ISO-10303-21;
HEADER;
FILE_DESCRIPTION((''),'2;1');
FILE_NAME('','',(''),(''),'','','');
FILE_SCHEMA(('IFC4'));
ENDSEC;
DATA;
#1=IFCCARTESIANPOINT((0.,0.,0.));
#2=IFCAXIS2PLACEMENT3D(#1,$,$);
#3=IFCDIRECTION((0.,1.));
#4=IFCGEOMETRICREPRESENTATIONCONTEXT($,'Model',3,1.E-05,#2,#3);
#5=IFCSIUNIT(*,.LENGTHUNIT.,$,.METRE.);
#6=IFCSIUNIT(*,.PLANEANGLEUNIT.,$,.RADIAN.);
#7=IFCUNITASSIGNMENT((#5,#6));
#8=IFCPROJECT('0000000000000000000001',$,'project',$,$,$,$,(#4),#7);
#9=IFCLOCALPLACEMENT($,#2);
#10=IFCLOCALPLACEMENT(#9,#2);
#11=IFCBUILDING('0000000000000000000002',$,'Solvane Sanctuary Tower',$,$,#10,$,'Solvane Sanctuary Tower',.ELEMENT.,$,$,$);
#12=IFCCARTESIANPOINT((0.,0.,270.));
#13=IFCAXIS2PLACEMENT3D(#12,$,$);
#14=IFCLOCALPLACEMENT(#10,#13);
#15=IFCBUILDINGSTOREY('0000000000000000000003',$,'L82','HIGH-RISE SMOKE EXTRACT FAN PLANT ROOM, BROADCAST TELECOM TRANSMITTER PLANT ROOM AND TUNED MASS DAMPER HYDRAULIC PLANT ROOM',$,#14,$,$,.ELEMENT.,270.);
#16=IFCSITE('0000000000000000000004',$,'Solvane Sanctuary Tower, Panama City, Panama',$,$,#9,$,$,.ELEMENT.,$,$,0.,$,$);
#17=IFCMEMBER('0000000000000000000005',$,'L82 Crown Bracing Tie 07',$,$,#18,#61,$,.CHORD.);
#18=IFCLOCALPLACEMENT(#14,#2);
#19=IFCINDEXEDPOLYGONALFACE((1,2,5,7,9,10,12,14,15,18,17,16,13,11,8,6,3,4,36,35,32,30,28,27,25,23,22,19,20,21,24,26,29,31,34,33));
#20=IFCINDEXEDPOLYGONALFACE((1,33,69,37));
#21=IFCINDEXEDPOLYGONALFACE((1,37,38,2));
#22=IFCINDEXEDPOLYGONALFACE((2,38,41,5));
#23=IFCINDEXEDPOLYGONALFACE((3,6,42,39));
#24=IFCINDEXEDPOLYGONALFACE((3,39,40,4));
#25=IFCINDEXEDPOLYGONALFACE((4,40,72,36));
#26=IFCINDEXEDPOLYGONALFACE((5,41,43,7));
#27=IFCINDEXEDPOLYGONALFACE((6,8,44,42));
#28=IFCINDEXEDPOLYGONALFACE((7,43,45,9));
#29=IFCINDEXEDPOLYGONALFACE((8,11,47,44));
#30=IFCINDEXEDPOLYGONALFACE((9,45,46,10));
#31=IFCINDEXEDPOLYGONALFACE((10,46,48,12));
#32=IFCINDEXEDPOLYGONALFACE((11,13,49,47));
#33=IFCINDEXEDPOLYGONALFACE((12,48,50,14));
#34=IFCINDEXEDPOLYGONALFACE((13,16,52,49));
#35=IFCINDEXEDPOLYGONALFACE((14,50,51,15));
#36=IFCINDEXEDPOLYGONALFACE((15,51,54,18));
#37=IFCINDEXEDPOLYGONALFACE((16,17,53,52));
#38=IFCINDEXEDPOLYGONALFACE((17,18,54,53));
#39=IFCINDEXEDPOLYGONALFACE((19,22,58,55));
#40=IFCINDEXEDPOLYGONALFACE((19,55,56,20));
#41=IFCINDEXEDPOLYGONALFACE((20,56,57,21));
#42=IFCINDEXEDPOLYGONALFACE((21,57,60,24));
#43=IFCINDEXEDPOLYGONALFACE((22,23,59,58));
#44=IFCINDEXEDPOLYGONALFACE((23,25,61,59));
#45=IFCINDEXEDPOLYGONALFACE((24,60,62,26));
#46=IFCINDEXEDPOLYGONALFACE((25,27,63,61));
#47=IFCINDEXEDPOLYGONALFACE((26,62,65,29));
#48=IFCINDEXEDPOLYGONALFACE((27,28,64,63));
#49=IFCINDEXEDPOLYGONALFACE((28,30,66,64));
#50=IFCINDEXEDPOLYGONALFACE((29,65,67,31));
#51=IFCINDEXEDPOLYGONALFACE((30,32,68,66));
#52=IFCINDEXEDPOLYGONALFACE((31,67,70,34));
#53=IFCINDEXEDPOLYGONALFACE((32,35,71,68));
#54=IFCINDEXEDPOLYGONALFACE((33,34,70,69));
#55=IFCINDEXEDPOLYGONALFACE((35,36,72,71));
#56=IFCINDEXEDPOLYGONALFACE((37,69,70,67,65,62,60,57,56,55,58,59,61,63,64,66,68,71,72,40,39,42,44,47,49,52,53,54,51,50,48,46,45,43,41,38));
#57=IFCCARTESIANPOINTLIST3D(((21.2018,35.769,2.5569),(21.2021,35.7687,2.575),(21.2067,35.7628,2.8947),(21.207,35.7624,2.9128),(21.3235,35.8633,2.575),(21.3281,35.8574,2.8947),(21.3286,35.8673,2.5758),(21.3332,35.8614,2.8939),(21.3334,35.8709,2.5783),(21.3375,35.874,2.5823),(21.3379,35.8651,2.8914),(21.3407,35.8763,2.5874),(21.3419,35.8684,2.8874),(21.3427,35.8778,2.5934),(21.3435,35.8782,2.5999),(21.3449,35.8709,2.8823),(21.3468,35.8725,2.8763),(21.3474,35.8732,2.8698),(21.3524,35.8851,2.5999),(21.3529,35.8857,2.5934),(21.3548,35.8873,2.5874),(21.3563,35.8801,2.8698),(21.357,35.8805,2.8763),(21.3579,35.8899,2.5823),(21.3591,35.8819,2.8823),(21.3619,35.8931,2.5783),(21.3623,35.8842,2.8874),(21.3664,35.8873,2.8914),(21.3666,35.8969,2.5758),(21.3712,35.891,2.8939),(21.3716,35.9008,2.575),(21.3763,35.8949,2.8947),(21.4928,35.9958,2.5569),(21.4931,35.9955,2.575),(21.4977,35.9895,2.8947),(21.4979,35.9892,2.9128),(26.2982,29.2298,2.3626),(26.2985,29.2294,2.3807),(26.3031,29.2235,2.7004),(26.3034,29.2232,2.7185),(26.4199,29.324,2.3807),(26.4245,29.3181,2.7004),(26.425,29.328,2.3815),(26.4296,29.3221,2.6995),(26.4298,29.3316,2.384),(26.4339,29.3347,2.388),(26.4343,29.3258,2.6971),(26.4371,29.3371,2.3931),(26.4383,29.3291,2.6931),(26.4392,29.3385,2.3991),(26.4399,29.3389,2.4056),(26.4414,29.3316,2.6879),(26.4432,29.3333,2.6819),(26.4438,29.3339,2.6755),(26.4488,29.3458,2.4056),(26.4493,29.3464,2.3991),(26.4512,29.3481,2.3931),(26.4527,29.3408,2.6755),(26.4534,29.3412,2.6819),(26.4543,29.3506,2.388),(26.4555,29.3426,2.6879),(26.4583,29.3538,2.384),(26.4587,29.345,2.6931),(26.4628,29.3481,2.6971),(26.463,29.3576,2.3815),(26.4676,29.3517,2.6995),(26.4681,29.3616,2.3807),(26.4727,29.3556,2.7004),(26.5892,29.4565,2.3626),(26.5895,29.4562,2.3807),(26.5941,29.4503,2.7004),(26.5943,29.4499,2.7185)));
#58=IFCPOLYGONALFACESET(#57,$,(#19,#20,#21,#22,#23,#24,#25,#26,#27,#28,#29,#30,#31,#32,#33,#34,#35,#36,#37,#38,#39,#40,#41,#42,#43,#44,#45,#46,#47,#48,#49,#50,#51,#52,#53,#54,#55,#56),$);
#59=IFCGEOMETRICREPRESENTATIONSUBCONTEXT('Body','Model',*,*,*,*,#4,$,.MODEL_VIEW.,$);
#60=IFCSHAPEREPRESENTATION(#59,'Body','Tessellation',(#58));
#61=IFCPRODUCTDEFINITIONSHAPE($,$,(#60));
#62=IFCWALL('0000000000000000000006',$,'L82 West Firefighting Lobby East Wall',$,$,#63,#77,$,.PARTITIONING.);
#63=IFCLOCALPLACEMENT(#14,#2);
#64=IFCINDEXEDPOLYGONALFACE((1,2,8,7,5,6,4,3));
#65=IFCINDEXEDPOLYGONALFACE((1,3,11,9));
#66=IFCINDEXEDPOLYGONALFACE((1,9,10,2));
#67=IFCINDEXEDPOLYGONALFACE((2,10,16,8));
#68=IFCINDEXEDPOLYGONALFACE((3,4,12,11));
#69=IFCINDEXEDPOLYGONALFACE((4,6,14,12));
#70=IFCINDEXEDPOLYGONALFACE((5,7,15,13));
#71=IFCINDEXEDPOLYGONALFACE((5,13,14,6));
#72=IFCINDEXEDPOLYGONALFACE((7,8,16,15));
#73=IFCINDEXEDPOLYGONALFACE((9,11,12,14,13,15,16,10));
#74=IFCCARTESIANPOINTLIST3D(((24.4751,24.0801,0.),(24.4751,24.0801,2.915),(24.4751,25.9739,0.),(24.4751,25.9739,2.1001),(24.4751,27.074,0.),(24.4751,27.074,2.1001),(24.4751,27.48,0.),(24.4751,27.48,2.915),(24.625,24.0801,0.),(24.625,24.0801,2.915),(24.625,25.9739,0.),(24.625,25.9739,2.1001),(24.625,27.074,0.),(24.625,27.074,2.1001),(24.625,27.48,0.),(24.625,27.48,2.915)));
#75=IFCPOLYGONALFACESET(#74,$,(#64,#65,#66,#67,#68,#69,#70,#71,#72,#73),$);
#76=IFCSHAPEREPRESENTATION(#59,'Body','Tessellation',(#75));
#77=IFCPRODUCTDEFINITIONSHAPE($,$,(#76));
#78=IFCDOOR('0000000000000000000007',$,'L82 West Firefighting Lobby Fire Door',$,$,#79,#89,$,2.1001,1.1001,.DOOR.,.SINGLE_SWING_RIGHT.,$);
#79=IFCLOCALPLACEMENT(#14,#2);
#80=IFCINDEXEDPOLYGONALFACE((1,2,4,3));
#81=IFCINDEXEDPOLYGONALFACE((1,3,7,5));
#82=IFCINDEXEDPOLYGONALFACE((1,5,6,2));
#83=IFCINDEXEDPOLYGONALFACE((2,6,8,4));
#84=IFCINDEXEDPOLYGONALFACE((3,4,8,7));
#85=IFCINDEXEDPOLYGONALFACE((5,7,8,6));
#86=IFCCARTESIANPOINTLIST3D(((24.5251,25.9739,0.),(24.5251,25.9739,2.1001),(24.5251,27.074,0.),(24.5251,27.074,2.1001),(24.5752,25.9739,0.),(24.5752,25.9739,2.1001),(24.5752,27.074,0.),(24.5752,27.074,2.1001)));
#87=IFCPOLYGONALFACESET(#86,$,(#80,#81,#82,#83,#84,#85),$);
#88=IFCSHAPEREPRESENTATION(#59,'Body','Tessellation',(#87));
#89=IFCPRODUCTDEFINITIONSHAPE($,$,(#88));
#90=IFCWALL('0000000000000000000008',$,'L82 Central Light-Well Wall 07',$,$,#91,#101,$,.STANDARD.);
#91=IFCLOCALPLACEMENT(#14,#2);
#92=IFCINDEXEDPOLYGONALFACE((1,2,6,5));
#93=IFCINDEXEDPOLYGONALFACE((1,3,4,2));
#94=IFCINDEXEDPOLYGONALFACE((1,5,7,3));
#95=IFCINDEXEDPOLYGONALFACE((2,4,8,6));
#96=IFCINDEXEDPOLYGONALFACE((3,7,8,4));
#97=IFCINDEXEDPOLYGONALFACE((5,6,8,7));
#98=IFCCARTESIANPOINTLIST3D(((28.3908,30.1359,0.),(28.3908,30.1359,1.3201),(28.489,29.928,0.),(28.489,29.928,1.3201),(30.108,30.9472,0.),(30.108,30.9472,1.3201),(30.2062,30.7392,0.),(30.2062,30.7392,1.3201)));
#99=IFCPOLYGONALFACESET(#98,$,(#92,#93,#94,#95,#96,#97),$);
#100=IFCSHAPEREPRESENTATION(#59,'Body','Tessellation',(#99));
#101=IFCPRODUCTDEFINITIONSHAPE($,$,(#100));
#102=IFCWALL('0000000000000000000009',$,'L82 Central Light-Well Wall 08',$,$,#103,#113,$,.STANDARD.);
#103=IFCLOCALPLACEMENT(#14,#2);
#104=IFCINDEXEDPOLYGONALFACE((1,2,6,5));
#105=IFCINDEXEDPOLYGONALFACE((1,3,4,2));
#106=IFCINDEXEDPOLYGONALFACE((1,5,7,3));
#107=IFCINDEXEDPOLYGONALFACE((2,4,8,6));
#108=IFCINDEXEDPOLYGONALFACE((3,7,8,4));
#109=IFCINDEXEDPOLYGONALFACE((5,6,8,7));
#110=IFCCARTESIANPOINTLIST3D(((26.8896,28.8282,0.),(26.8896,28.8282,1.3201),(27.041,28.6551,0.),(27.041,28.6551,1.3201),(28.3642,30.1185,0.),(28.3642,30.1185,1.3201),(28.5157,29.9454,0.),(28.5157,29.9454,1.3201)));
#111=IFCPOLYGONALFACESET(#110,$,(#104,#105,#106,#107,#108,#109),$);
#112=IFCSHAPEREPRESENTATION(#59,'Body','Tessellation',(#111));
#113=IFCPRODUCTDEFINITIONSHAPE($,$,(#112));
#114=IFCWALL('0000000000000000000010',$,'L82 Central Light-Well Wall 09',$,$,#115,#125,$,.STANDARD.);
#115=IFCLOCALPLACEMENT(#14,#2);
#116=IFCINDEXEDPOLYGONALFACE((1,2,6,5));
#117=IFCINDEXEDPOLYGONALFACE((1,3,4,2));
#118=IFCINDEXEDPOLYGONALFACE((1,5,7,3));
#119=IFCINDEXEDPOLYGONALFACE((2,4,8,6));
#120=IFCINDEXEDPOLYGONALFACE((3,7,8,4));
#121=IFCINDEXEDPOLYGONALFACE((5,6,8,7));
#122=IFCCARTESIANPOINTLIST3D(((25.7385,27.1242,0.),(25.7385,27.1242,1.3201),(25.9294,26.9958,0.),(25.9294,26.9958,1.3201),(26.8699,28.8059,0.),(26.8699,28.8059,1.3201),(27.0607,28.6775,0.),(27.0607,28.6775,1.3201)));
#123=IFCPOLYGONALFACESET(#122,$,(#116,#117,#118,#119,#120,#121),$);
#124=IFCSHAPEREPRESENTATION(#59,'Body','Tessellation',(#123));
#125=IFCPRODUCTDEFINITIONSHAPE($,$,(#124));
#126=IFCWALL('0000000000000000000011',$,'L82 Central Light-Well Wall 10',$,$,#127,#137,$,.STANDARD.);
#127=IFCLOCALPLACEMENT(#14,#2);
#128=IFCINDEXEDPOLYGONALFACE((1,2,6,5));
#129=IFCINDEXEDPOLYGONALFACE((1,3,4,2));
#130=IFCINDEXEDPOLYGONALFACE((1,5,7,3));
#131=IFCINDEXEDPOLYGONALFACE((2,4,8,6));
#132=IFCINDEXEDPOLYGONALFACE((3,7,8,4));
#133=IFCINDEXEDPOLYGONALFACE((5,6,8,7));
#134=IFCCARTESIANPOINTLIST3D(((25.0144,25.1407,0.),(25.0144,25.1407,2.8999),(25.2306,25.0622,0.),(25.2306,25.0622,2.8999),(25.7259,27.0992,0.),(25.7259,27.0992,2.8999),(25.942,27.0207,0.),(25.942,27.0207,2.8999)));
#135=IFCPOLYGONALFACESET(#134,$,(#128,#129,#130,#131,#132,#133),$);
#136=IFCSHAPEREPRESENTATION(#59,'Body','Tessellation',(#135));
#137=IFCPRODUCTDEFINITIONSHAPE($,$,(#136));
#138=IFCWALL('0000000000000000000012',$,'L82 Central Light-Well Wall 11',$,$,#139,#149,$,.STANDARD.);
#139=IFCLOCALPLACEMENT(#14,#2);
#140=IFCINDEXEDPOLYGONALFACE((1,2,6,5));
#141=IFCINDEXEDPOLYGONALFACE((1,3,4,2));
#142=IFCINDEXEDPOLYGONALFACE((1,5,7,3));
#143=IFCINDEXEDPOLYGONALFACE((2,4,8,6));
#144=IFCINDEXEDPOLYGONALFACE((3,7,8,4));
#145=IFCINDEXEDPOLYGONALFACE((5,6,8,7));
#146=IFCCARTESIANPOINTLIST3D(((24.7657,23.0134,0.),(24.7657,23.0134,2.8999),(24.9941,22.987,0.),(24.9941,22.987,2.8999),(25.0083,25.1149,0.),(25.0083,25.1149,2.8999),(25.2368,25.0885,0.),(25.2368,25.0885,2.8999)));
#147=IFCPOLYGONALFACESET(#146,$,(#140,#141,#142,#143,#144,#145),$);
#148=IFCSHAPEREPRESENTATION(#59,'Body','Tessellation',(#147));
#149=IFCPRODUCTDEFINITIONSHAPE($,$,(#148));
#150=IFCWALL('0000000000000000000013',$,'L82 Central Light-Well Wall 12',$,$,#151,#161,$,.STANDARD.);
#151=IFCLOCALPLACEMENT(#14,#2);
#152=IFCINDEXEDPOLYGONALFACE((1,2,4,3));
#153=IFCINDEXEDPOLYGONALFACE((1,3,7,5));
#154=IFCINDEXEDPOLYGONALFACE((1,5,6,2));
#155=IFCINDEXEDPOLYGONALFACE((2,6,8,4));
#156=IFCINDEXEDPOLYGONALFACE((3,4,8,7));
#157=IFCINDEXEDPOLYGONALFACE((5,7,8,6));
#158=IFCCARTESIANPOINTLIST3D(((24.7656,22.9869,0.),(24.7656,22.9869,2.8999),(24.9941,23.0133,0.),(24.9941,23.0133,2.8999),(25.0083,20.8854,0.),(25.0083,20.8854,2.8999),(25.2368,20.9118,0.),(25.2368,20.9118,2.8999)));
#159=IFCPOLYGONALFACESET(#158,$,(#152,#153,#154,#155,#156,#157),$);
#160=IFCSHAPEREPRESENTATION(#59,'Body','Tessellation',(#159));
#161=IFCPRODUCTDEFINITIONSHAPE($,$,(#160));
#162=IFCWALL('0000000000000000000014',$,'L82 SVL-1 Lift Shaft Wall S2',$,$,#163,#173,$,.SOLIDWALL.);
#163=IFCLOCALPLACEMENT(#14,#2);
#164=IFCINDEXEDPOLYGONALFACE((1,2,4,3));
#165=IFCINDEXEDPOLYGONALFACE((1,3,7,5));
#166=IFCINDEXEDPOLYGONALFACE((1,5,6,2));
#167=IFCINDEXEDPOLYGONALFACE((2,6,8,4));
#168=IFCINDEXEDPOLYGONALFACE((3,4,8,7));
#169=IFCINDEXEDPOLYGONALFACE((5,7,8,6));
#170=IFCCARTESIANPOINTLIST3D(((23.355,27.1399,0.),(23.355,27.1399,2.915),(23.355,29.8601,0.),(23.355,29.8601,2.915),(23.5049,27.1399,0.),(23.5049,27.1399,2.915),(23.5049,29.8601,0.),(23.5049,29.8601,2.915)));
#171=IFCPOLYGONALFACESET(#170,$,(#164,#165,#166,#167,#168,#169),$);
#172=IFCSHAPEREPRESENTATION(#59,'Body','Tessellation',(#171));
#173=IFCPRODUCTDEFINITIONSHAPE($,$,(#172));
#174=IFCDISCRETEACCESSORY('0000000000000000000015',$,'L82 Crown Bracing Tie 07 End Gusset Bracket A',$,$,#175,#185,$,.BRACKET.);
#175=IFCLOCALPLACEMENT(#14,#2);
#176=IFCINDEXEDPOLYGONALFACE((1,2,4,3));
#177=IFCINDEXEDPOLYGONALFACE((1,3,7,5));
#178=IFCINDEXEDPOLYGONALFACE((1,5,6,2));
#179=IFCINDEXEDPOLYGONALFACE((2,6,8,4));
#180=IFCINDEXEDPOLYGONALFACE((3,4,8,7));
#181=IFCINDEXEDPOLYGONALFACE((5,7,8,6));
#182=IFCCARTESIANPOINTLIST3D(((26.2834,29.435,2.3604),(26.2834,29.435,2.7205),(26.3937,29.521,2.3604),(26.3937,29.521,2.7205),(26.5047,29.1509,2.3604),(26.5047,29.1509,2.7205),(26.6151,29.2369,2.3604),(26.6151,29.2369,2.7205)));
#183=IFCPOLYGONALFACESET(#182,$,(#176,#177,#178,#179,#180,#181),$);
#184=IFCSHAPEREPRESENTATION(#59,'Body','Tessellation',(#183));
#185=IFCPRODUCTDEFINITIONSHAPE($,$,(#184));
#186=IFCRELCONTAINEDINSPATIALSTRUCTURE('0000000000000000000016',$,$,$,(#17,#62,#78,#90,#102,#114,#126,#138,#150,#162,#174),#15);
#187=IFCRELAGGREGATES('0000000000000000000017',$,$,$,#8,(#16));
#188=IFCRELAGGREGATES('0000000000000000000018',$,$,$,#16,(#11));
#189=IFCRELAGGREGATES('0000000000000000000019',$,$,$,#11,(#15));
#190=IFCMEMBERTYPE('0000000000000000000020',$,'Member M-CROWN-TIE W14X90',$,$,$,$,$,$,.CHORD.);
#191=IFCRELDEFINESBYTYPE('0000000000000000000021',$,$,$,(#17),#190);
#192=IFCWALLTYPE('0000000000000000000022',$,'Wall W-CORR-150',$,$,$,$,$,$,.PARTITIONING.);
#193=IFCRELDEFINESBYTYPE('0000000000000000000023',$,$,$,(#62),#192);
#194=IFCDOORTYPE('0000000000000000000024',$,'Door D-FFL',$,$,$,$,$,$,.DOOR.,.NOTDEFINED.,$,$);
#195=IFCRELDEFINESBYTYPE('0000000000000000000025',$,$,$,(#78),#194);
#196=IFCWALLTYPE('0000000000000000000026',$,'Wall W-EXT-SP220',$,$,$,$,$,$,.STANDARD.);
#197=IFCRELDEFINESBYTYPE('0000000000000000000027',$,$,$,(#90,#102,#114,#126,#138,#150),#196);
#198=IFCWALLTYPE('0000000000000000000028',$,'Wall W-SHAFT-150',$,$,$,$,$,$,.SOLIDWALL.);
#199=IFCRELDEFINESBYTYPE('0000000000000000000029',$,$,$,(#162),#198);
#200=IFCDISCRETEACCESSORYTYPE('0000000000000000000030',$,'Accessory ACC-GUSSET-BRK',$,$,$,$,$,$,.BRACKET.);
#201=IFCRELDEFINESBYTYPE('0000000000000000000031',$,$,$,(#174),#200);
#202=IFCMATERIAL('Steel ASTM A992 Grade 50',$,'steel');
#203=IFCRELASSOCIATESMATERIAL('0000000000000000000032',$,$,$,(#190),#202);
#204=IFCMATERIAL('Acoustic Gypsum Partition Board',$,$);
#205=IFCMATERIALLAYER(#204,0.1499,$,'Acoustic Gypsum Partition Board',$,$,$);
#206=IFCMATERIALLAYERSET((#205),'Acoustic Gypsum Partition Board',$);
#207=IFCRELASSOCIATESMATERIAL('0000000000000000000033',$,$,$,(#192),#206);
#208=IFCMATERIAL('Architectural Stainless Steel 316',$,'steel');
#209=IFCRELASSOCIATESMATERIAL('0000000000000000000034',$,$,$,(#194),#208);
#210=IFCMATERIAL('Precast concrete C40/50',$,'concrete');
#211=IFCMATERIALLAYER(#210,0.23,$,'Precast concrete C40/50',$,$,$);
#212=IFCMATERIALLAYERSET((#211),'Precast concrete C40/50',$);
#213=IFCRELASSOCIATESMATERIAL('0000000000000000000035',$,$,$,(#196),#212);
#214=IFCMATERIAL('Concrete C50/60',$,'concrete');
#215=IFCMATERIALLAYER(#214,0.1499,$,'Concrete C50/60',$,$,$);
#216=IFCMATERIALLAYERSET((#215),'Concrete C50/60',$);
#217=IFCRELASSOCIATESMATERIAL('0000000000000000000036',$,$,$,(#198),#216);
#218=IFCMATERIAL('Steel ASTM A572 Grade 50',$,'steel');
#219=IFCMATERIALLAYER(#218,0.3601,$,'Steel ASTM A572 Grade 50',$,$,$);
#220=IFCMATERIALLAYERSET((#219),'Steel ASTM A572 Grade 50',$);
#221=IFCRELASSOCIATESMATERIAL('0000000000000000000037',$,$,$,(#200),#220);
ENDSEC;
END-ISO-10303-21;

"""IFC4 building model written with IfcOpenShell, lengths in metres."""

from ifc_helpers import new_model, si_unit, direction, frame, frame_2d, origin, origin_2d, place, context, subcontext, project, spatial, rectangle, i_section, extrude, material, layer, layer_set, material_profile, profile_set, type_object, element, fill, save


model = new_model("IFC4")

# Units and contexts
model_context = context("Model", 3, precision=1e-05, world=origin(), true_north=direction((0.0, 1.0)))
body_context = subcontext(model_context, "Body", "Model", "MODEL_VIEW")
ifc_project = project(units=[si_unit("LENGTHUNIT", "METRE"), si_unit("PLANEANGLEUNIT", "RADIAN")], contexts=[model_context])

# Site, building, storey
site_placement = place(None, origin())
site = spatial("IfcSite", under=ifc_project, at=site_placement, Name="Solvane Sanctuary Tower, Panama City, Panama", CompositionType="ELEMENT", RefElevation=0.0)
building_placement = place(site_placement, origin())
building = spatial("IfcBuilding", under=site, at=building_placement, Name="Solvane Sanctuary Tower", LongName="Solvane Sanctuary Tower", CompositionType="ELEMENT")
storey_placement = place(building_placement, frame((0.0, 0.0, 270.0)))
storey = spatial("IfcBuildingStorey", under=building, at=storey_placement, Name="L82", Description="HIGH-RISE SMOKE EXTRACT FAN PLANT ROOM, BROADCAST TELECOM TRANSMITTER PLANT ROOM AND TUNED MASS DAMPER HYDRAULIC PLANT ROOM", CompositionType="ELEMENT", Elevation=270.0)

# Shared definitions
ifc_material_1 = material(Name="Concrete C50/60", Category="concrete")

# Shared definitions
ifc_material_2 = material(Name="Steel ASTM A992 Grade 50", Category="steel")

# Member
ifc_material_profile_1 = material_profile(ifc_material_2, i_section(OverallWidth=0.3689, OverallDepth=0.356, WebThickness=0.0112, FlangeThickness=0.0181, FilletRadius=0.0249, at=origin_2d()), Name="W14X90")
ifc_profile_set_1 = profile_set([ifc_material_profile_1], Name="Steel ASTM A992 Grade 50")
member_type = type_object("IfcMemberType", Name="Member M-CROWN-TIE W14X90", PredefinedType="CHORD", material=ifc_profile_set_1)
member_placement = place(storey_placement, frame((26.4463, 29.3398, 2.5405), z_axis=(-0.614546, 0.788533, 0.023434), x_axis=(-0.788749, -0.614715, 0.0)))
element("IfcMember", 1, at=member_placement, inside=storey, type_object=member_type, Name="L82 Crown Bracing Tie 07", PredefinedType="CHORD", context=body_context, shape_type="SweptSolid", body=[
    extrude(i_section(OverallWidth=0.3689, OverallDepth=0.356, WebThickness=0.0112, FlangeThickness=0.0181, FilletRadius=0.0249, at=origin_2d()), origin(), (0.0, 0.0, 1.0), 8.293),
])

# Wall, opening, door
ifc_material_3 = material(Name="Acoustic Gypsum Partition Board")
ifc_layer_1 = layer(ifc_material_3, 0.1499, Name="Acoustic Gypsum Partition Board")
ifc_layer_set_1 = layer_set([ifc_layer_1], Name="Acoustic Gypsum Partition Board")
wall_type_1 = type_object("IfcWallType", Name="Wall W-CORR-150", PredefinedType="PARTITIONING", material=ifc_layer_set_1)
wall_1_placement = place(storey_placement, frame((24.55, 24.0801, 0.0), z_axis=(0.0, 0.0, 1.0), x_axis=(0.0, 1.0, 0.0)))
wall_1 = element("IfcWall", 2, at=wall_1_placement, inside=storey, type_object=wall_type_1, Name="L82 West Firefighting Lobby East Wall", PredefinedType="PARTITIONING", context=body_context, shape_type="SweptSolid", body=[
    extrude(rectangle(XDim=3.3999, YDim=0.1499, at=frame_2d((1.7, 0.0))), origin(), (0.0, 0.0, 1.0), 2.915),
])
opening_placement = place(wall_1_placement, frame((1.8938, 0.0, 0.0)))
opening = element("IfcOpeningElement", 3, at=opening_placement, cuts=wall_1, PredefinedType="OPENING", context=body_context, shape_type="SweptSolid", body=[
    extrude(rectangle(XDim=1.1001, YDim=2.1001, at=frame_2d((0.55, 1.05))), frame((0.0, 0.085, 0.0), z_axis=(0.0, -1.0, 0.0), x_axis=(1.0, 0.0, 0.0)), (0.0, 0.0, 1.0), 0.1699),
])
ifc_material_4 = material(Name="Architectural Stainless Steel 316", Category="steel")
door_type = type_object("IfcDoorType", Name="Door D-FFL", OperationType="NOTDEFINED", PredefinedType="DOOR", material=ifc_material_4)
door_placement = place(opening_placement, origin())
door = element("IfcDoor", 4, at=door_placement, inside=storey, type_object=door_type, Name="L82 West Firefighting Lobby Fire Door", OperationType="SINGLE_SWING_RIGHT", OverallHeight=2.1001, OverallWidth=1.1001, PredefinedType="DOOR", context=body_context, shape_type="SweptSolid", body=[
    extrude(rectangle(XDim=1.1001, YDim=2.1001, at=frame_2d((0.55, 1.05))), frame((0.0, 0.0249, 0.0), z_axis=(0.0, -1.0, 0.0), x_axis=(1.0, 0.0, 0.0)), (0.0, 0.0, 1.0), 0.05),
])
fill(opening, door)

# Walls
ifc_material_5 = material(Name="Precast concrete C40/50", Category="concrete")
ifc_layer_2 = layer(ifc_material_5, 0.23, Name="Precast concrete C40/50")
ifc_layer_set_2 = layer_set([ifc_layer_2], Name="Precast concrete C40/50")
wall_type_2 = type_object("IfcWallType", Name="Wall W-EXT-SP220", PredefinedType="STANDARD", material=ifc_layer_set_2)
wall_2_placement = place(storey_placement, frame((30.1572, 30.8433, 0.0), z_axis=(0.0, 0.0, 1.0), x_axis=(-0.90418, -0.427152, 0.0)))
element("IfcWall", 5, at=wall_2_placement, inside=storey, type_object=wall_type_2, Name="L82 Central Light-Well Wall 07", PredefinedType="STANDARD", context=body_context, shape_type="SweptSolid", body=[
    extrude(rectangle(XDim=1.8992, YDim=0.23, at=frame_2d((0.9497, 0.0))), origin(), (0.0, 0.0, 1.0), 1.3201),
])
wall_3_placement = place(storey_placement, frame((28.4399, 30.032, 0.0), z_axis=(0.0, 0.0, 1.0), x_axis=(-0.752577, -0.658505, 0.0)))
element("IfcWall", 6, at=wall_3_placement, inside=storey, type_object=wall_type_2, Name="L82 Central Light-Well Wall 08", PredefinedType="STANDARD", context=body_context, shape_type="SweptSolid", body=[
    extrude(rectangle(XDim=1.9595, YDim=0.23, at=frame_2d((0.9797, 0.0))), origin(), (0.0, 0.0, 1.0), 1.3201),
])
wall_4_placement = place(storey_placement, frame((26.9653, 28.7417, 0.0), z_axis=(0.0, 0.0, 1.0), x_axis=(-0.558198, -0.829708, 0.0)))
element("IfcWall", 7, at=wall_4_placement, inside=storey, type_object=wall_type_2, Name="L82 Central Light-Well Wall 09", PredefinedType="STANDARD", context=body_context, shape_type="SweptSolid", body=[
    extrude(rectangle(XDim=2.0269, YDim=0.23, at=frame_2d((1.0134, 0.0))), origin(), (0.0, 0.0, 1.0), 1.3201),
])
wall_5_placement = place(storey_placement, frame((25.834, 27.0601, 0.0), z_axis=(0.0, 0.0, 1.0), x_axis=(-0.341423, -0.93991, 0.0)))
element("IfcWall", 8, at=wall_5_placement, inside=storey, type_object=wall_type_2, Name="L82 Central Light-Well Wall 10", PredefinedType="STANDARD", context=body_context, shape_type="SweptSolid", body=[
    extrude(rectangle(XDim=2.0837, YDim=0.23, at=frame_2d((1.042, 0.0))), origin(), (0.0, 0.0, 1.0), 2.8999),
])
for number, where, z_axis, x_axis, name in (
    (9, (25.1226, 25.1016, 0.0), (0.0, 0.0, 1.0), (-0.114712, -0.993399, 0.0), "L82 Central Light-Well Wall 11"),
    (10, (24.8799, 23.0, 0.0), (0.0, 0.0, 1.0), (0.114712, -0.993399, 0.0), "L82 Central Light-Well Wall 12"),
):
    element("IfcWall", number, at=place(storey_placement, frame(where, z_axis=z_axis, x_axis=x_axis)), inside=storey, type_object=wall_type_2, Name=name, PredefinedType="STANDARD", context=body_context, shape_type="SweptSolid", body=[
        extrude(rectangle(XDim=2.1155, YDim=0.23, at=frame_2d((1.0576, 0.0))), origin(), (0.0, 0.0, 1.0), 2.8999),
    ])
ifc_layer_3 = layer(ifc_material_1, 0.1499, Name="Concrete C50/60")
ifc_layer_set_3 = layer_set([ifc_layer_3], Name="Concrete C50/60")
wall_type_3 = type_object("IfcWallType", Name="Wall W-SHAFT-150", PredefinedType="SOLIDWALL", material=ifc_layer_set_3)
wall_6_placement = place(storey_placement, frame((23.4299, 27.1399, 0.0), z_axis=(0.0, 0.0, 1.0), x_axis=(0.0, 1.0, 0.0)))
element("IfcWall", 11, at=wall_6_placement, inside=storey, type_object=wall_type_3, Name="L82 SVL-1 Lift Shaft Wall S2", PredefinedType="SOLIDWALL", context=body_context, shape_type="SweptSolid", body=[
    extrude(rectangle(XDim=2.7202, YDim=0.1499, at=frame_2d((1.3601, 0.0))), origin(), (0.0, 0.0, 1.0), 2.915),
])

# Discrete accessory
ifc_material_6 = material(Name="Steel ASTM A572 Grade 50", Category="steel")
ifc_layer_4 = layer(ifc_material_6, 0.3601, Name="Steel ASTM A572 Grade 50")
ifc_layer_set_4 = layer_set([ifc_layer_4], Name="Steel ASTM A572 Grade 50")
discrete_accessory_type = type_object("IfcDiscreteAccessoryType", Name="Accessory ACC-GUSSET-BRK", PredefinedType="BRACKET", material=ifc_layer_set_4)
discrete_accessory_placement = place(storey_placement, frame((26.4492, 29.3359, 2.3604), z_axis=(0.0, 0.0, 1.0), x_axis=(-0.614698, 0.788762, 0.0)))
element("IfcDiscreteAccessory", 12, at=discrete_accessory_placement, inside=storey, type_object=discrete_accessory_type, Name="L82 Crown Bracing Tie 07 End Gusset Bracket A", PredefinedType="BRACKET", context=body_context, shape_type="SweptSolid", body=[
    extrude(rectangle(XDim=0.3601, YDim=0.1399, at=origin_2d()), origin(), (0.0, 0.0, 1.0), 0.3601),
])

save(model, "model.ifc")
